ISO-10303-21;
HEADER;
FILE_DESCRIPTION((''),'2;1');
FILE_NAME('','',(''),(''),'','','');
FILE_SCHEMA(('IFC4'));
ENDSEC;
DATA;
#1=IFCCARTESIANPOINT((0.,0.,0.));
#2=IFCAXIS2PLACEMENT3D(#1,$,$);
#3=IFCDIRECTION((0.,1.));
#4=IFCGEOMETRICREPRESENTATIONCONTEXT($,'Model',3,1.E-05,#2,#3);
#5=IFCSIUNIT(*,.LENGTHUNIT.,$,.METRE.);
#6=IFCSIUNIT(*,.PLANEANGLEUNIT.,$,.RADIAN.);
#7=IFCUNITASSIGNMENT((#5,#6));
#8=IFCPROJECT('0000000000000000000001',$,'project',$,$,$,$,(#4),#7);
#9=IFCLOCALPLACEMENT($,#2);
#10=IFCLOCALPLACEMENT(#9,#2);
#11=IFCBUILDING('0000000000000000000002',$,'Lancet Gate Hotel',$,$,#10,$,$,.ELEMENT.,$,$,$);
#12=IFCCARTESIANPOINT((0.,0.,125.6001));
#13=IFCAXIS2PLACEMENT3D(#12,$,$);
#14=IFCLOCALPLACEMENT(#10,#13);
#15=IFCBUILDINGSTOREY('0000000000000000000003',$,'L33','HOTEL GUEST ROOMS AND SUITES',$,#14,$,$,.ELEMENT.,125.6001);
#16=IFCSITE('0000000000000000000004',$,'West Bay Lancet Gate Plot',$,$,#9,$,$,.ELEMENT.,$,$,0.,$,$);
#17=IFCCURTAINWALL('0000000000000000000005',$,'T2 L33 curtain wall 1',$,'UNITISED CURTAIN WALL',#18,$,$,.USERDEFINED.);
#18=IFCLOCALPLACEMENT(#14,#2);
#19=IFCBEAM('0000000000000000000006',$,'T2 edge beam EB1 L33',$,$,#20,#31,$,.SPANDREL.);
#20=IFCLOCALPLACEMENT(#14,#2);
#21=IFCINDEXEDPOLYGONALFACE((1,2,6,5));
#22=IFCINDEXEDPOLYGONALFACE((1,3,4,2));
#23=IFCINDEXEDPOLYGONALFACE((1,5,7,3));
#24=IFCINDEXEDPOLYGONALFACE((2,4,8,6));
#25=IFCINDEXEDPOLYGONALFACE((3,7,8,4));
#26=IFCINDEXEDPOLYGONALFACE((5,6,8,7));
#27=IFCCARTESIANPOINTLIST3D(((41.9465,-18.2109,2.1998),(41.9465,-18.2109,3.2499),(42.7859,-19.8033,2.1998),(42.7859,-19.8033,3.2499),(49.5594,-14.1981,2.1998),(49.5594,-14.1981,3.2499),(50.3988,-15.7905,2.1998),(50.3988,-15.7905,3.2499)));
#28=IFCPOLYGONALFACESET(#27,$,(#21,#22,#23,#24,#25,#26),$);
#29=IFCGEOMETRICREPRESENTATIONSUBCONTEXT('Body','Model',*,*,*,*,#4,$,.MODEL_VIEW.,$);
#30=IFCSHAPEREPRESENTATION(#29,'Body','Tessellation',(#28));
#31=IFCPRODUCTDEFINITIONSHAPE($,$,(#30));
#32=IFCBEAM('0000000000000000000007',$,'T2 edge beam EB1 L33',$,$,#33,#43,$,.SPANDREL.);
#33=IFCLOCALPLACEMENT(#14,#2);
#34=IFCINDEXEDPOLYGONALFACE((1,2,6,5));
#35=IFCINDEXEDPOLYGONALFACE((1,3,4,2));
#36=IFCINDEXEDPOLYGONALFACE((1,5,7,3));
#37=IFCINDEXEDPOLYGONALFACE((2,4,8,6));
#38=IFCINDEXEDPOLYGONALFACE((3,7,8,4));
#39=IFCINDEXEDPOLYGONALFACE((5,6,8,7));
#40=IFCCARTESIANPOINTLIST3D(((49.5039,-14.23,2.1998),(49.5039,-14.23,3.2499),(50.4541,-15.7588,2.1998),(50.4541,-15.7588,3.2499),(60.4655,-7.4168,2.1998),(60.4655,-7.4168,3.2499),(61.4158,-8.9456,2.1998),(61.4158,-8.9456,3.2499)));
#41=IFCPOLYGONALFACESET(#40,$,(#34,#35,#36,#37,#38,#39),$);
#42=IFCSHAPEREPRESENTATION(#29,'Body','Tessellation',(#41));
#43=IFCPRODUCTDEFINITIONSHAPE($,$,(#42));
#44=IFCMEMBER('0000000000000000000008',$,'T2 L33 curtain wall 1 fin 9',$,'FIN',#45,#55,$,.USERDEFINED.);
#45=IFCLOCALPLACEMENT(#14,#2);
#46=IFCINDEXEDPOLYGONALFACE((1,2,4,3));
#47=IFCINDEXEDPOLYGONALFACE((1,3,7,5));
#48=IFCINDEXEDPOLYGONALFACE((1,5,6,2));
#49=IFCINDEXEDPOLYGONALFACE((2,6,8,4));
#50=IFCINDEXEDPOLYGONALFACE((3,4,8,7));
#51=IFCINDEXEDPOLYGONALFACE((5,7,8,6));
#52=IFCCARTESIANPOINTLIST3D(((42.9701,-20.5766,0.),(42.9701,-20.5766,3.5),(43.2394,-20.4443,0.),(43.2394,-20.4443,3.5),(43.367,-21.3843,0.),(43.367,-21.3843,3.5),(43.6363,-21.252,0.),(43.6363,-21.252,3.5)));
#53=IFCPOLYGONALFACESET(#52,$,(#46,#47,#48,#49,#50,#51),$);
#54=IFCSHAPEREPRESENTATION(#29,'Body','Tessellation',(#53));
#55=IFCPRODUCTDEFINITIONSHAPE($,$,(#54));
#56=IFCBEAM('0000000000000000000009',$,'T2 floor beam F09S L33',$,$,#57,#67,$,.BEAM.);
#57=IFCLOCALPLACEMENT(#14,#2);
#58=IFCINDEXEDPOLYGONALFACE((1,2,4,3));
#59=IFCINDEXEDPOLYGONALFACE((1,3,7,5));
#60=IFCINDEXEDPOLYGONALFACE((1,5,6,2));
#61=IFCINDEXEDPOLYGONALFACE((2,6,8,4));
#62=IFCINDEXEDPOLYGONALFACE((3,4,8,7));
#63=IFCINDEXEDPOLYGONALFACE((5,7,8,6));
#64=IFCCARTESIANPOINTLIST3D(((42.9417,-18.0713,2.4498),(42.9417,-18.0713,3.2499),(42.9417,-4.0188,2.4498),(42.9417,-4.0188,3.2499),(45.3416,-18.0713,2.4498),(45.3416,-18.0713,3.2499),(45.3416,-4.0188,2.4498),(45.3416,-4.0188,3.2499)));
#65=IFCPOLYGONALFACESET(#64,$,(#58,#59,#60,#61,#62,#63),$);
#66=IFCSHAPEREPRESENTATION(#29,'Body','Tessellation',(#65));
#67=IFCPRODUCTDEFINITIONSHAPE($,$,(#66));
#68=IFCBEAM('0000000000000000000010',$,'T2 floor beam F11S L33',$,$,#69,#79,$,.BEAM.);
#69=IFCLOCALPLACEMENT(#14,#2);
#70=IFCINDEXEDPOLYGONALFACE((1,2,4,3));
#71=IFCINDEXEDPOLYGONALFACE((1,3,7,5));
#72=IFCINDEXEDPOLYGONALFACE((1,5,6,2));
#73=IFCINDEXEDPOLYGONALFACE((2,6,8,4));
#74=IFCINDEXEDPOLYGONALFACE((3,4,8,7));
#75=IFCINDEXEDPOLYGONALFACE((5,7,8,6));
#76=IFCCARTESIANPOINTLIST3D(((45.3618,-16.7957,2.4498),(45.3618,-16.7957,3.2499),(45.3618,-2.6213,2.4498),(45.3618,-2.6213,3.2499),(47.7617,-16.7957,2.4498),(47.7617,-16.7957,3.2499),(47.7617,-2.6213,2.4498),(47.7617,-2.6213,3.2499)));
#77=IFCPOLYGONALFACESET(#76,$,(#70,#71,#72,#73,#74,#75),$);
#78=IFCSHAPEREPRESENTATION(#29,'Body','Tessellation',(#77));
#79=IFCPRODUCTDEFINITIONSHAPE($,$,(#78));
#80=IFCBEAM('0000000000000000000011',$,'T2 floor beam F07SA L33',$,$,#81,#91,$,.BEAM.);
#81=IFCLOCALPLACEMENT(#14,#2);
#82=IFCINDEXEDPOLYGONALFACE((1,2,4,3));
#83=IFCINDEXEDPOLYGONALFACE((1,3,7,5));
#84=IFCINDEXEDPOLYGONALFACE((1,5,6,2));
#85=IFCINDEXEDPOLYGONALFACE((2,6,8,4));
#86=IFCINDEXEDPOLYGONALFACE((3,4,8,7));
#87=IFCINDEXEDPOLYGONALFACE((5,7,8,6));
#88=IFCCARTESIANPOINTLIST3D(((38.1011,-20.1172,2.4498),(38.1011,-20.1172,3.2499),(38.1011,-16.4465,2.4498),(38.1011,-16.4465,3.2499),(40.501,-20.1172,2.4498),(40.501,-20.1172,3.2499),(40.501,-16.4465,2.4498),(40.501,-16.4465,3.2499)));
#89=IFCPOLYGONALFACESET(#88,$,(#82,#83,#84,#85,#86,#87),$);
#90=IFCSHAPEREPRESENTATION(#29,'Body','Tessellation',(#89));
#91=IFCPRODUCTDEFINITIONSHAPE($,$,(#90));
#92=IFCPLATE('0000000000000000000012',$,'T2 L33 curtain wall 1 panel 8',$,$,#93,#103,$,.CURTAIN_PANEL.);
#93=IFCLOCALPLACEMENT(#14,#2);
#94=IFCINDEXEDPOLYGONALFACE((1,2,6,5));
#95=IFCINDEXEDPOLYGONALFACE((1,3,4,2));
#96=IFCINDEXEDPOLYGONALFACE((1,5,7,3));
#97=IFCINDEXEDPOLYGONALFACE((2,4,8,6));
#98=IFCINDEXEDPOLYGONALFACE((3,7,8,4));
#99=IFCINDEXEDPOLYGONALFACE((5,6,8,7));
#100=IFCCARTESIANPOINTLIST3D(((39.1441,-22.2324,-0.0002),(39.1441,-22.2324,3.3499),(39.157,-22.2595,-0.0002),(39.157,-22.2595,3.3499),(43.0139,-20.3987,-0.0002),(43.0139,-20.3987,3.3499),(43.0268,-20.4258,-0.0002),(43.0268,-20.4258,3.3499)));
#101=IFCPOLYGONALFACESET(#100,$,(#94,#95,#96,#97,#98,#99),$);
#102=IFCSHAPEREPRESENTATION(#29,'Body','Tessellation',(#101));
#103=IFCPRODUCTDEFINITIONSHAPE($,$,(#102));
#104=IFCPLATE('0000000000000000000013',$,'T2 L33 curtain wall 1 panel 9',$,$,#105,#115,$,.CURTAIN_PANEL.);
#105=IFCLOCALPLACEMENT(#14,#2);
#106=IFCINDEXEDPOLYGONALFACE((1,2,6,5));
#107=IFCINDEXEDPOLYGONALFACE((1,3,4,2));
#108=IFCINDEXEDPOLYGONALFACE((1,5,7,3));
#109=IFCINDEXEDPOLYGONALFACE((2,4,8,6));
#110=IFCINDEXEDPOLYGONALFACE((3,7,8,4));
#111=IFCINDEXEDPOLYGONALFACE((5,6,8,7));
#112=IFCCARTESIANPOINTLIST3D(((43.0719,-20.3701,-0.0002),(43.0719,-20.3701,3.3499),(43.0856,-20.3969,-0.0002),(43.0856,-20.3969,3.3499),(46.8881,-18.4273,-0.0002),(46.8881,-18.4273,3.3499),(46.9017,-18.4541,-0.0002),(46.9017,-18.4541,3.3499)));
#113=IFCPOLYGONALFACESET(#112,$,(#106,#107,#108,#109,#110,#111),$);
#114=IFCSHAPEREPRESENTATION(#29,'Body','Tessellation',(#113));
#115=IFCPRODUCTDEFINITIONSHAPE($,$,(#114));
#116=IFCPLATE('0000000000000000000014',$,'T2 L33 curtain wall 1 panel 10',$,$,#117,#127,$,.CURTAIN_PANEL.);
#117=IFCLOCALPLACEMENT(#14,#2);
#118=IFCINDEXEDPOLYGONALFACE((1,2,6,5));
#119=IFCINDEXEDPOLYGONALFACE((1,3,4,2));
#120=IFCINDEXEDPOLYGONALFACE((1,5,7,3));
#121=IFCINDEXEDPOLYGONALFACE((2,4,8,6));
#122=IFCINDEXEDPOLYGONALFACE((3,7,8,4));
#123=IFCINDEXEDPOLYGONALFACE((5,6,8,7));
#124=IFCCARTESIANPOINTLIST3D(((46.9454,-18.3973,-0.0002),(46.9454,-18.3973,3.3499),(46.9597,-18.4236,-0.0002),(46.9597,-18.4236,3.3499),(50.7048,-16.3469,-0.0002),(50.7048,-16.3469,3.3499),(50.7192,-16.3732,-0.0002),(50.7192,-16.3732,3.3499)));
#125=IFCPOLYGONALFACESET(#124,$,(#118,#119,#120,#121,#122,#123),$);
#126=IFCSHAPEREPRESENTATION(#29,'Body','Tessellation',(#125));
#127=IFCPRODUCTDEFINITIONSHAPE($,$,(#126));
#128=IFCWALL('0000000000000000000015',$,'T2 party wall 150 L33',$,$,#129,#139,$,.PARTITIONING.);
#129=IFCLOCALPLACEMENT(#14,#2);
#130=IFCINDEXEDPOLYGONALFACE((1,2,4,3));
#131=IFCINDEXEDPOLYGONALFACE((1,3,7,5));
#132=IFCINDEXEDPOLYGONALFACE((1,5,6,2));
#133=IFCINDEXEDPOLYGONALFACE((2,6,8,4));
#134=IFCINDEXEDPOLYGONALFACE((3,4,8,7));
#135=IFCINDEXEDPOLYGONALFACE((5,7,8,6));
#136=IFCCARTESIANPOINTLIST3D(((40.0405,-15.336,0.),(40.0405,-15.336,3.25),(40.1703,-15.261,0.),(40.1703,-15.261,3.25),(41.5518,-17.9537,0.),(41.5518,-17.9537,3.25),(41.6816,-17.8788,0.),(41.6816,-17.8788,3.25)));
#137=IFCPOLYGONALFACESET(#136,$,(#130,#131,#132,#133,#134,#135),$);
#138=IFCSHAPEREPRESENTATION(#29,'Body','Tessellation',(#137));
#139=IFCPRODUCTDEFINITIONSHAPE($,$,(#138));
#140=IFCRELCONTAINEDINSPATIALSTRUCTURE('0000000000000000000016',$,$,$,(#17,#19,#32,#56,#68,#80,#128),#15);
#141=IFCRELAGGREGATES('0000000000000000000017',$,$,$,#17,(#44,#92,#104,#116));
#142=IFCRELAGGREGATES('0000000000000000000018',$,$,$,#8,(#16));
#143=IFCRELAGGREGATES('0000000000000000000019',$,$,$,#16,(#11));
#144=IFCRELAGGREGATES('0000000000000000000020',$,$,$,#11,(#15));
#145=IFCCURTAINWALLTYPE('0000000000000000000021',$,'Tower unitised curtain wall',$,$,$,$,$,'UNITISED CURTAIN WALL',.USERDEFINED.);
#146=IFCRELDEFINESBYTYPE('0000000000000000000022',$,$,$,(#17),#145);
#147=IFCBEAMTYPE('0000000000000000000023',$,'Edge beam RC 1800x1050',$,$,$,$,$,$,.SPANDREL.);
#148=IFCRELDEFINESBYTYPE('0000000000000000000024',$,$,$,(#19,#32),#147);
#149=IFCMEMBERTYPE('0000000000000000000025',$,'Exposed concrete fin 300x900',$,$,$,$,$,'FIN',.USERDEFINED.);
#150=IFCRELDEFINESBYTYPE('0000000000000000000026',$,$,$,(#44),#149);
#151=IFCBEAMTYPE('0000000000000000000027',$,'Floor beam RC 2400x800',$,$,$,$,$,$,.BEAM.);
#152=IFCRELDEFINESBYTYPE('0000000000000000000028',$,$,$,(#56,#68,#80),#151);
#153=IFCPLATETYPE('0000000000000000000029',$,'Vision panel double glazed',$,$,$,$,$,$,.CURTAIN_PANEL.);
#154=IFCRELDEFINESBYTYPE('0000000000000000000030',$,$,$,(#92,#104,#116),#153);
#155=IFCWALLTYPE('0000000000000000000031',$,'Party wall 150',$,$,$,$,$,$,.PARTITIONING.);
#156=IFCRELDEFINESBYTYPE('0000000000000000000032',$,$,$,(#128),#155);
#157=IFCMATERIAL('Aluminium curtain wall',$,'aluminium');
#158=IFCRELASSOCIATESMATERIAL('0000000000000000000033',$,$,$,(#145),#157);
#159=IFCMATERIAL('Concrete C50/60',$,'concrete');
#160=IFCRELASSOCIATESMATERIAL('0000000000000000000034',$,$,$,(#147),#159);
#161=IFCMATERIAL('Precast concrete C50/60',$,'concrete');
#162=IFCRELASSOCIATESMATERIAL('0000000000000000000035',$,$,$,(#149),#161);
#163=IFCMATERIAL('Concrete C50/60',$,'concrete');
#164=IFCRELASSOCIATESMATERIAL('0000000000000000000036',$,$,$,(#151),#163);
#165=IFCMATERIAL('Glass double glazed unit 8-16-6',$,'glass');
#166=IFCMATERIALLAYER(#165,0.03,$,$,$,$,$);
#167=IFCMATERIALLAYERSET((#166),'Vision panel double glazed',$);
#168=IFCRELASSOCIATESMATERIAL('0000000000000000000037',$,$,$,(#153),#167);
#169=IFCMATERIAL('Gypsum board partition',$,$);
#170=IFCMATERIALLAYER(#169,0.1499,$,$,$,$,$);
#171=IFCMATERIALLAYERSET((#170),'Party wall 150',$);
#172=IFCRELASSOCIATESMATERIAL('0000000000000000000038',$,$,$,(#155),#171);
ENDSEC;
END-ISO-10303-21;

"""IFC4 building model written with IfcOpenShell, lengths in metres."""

from ifc_helpers import new_model, si_unit, direction, frame, frame_2d, origin, origin_2d, place, context, subcontext, project, spatial, rectangle, extrude, material, layer, layer_set, material_profile, profile_set, type_object, element, aggregate, save


model = new_model("IFC4")

# Units and contexts
model_context = context("Model", 3, precision=1e-05, world=origin(), true_north=direction((0.0, 1.0)))
body_context = subcontext(model_context, "Body", "Model", "MODEL_VIEW")
ifc_project = project(units=[si_unit("LENGTHUNIT", "METRE"), si_unit("PLANEANGLEUNIT", "RADIAN")], contexts=[model_context])

# Site, building, storey
site_placement = place(None, origin())
site = spatial("IfcSite", under=ifc_project, at=site_placement, Name="West Bay Lancet Gate Plot", CompositionType="ELEMENT", RefElevation=0.0)
building_placement = place(site_placement, origin())
building = spatial("IfcBuilding", under=site, at=building_placement, Name="Lancet Gate Hotel", CompositionType="ELEMENT")
storey_placement = place(building_placement, frame((0.0, 0.0, 125.6001)))
storey = spatial("IfcBuildingStorey", under=building, at=storey_placement, Name="L33", Description="HOTEL GUEST ROOMS AND SUITES", CompositionType="ELEMENT", Elevation=125.6001)

# Curtain wall
ifc_material_1 = material(Name="Aluminium curtain wall", Category="aluminium")
curtain_wall_type = type_object("IfcCurtainWallType", Name="Tower unitised curtain wall", ElementType="UNITISED CURTAIN WALL", PredefinedType="USERDEFINED", material=ifc_material_1)
curtain_wall_placement = place(storey_placement, origin())
curtain_wall = element("IfcCurtainWall", 1, at=curtain_wall_placement, inside=storey, type_object=curtain_wall_type, Name="T2 L33 curtain wall 1", ObjectType="UNITISED CURTAIN WALL", PredefinedType="USERDEFINED")

# Beams
ifc_material_2 = material(Name="Concrete C50/60", Category="concrete")
ifc_material_profile_1 = material_profile(ifc_material_2, rectangle(XDim=1.8, YDim=1.05, at=origin_2d()), Name="RC 1800x1050")
ifc_profile_set_1 = profile_set([ifc_material_profile_1], Name="Concrete C50/60")
beam_type_1 = type_object("IfcBeamType", Name="Edge beam RC 1800x1050", PredefinedType="SPANDREL", material=ifc_profile_set_1)
beam_1_placement = place(storey_placement, frame((42.3662, -19.0071, 2.7249), z_axis=(0.884633, 0.466289, 0.0), x_axis=(-0.466289, 0.884633, 0.0)))
element("IfcBeam", 2, at=beam_1_placement, inside=storey, type_object=beam_type_1, Name="T2 edge beam EB1 L33", PredefinedType="SPANDREL", context=body_context, shape_type="SweptSolid", body=[
    extrude(rectangle(XDim=1.8, YDim=1.05, at=origin_2d()), origin(), (0.0, 0.0, 1.0), 8.6057),
])
beam_2_placement = place(storey_placement, frame((49.979, -14.9944, 2.7249), z_axis=(0.849312, 0.527891, 0.0), x_axis=(-0.527891, 0.849312, 0.0)))
element("IfcBeam", 3, at=beam_2_placement, inside=storey, type_object=beam_type_1, Name="T2 edge beam EB1 L33", PredefinedType="SPANDREL", context=body_context, shape_type="SweptSolid", body=[
    extrude(rectangle(XDim=1.8, YDim=1.05, at=origin_2d()), origin(), (0.0, 0.0, 1.0), 12.9065),
])

# Member
ifc_material_3 = material(Name="Precast concrete C50/60", Category="concrete")
ifc_material_profile_2 = material_profile(ifc_material_3, rectangle(XDim=0.3, YDim=0.8999, at=origin_2d()), Name="FIN 300x900")
ifc_profile_set_2 = profile_set([ifc_material_profile_2], Name="Precast concrete C50/60")
member_type_1 = type_object("IfcMemberType", Name="Exposed concrete fin 300x900", ElementType="FIN", PredefinedType="USERDEFINED", material=ifc_profile_set_2)
member_1_placement = place(storey_placement, frame((43.3032, -20.9143, 0.0), z_axis=(0.0, 0.0, 1.0), x_axis=(0.897512, 0.44099, 0.0)))
member_1 = element("IfcMember", 4, at=member_1_placement, type_object=member_type_1, Name="T2 L33 curtain wall 1 fin 9", ObjectType="FIN", PredefinedType="USERDEFINED", context=body_context, shape_type="SweptSolid", body=[
    extrude(rectangle(XDim=0.3, YDim=0.8999, at=origin_2d()), origin(), (0.0, 0.0, 1.0), 3.5),
])

# Beams
ifc_material_4 = material(Name="Concrete C50/60", Category="concrete")
ifc_material_profile_3 = material_profile(ifc_material_4, rectangle(XDim=2.3999, YDim=0.8, at=origin_2d()), Name="RC 2400x800")
ifc_profile_set_3 = profile_set([ifc_material_profile_3], Name="Concrete C50/60")
beam_type_2 = type_object("IfcBeamType", Name="Floor beam RC 2400x800", PredefinedType="BEAM", material=ifc_profile_set_3)
beam_3_placement = place(storey_placement, frame((44.1416, -18.0713, 2.8499), z_axis=(0.0, 1.0, 0.0), x_axis=(-1.0, 0.0, 0.0)))
element("IfcBeam", 5, at=beam_3_placement, inside=storey, type_object=beam_type_2, Name="T2 floor beam F09S L33", PredefinedType="BEAM", context=body_context, shape_type="SweptSolid", body=[
    extrude(rectangle(XDim=2.3999, YDim=0.8, at=origin_2d()), origin(), (0.0, 0.0, 1.0), 14.0525),
])
beam_4_placement = place(storey_placement, frame((46.5618, -16.7957, 2.8499), z_axis=(0.0, 1.0, 0.0), x_axis=(-1.0, 0.0, 0.0)))
element("IfcBeam", 6, at=beam_4_placement, inside=storey, type_object=beam_type_2, Name="T2 floor beam F11S L33", PredefinedType="BEAM", context=body_context, shape_type="SweptSolid", body=[
    extrude(rectangle(XDim=2.3999, YDim=0.8, at=origin_2d()), origin(), (0.0, 0.0, 1.0), 14.1743),
])
beam_5_placement = place(storey_placement, frame((39.301, -20.1172, 2.8499), z_axis=(0.0, 1.0, 0.0), x_axis=(-1.0, 0.0, 0.0)))
element("IfcBeam", 7, at=beam_5_placement, inside=storey, type_object=beam_type_2, Name="T2 floor beam F07SA L33", PredefinedType="BEAM", context=body_context, shape_type="SweptSolid", body=[
    extrude(rectangle(XDim=2.3999, YDim=0.8, at=origin_2d()), origin(), (0.0, 0.0, 1.0), 3.6707),
])

# Plates
ifc_material_5 = material(Name="Glass double glazed unit 8-16-6", Category="glass")
ifc_layer_1 = layer(ifc_material_5, 0.03)
ifc_layer_set_1 = layer_set([ifc_layer_1], Name="Vision panel double glazed")
plate_type = type_object("IfcPlateType", Name="Vision panel double glazed", PredefinedType="CURTAIN_PANEL", material=ifc_layer_set_1)
plate_1_placement = place(storey_placement, frame((41.0854, -21.3291, -0.0002), z_axis=(0.0, 0.0, 1.0), x_axis=(0.903683, 0.428201, 0.0)))
plate_1 = element("IfcPlate", 8, at=plate_1_placement, type_object=plate_type, Name="T2 L33 curtain wall 1 panel 8", PredefinedType="CURTAIN_PANEL", context=body_context, shape_type="SweptSolid", body=[
    extrude(rectangle(XDim=4.2822, YDim=0.03, at=origin_2d()), origin(), (0.0, 0.0, 1.0), 3.3501),
])
plate_2_placement = place(storey_placement, frame((44.9868, -19.4121, -0.0002), z_axis=(0.0, 0.0, 1.0), x_axis=(0.891159, 0.45369, 0.0)))
plate_2 = element("IfcPlate", 9, at=plate_2_placement, type_object=plate_type, Name="T2 L33 curtain wall 1 panel 9", PredefinedType="CURTAIN_PANEL", context=body_context, shape_type="SweptSolid", body=[
    extrude(rectangle(XDim=4.2822, YDim=0.03, at=origin_2d()), origin(), (0.0, 0.0, 1.0), 3.3501),
])
plate_3_placement = place(storey_placement, frame((48.8323, -17.3853, -0.0002), z_axis=(0.0, 0.0, 1.0), x_axis=(0.877916, 0.478814, 0.0)))
plate_3 = element("IfcPlate", 10, at=plate_3_placement, type_object=plate_type, Name="T2 L33 curtain wall 1 panel 10", PredefinedType="CURTAIN_PANEL", context=body_context, shape_type="SweptSolid", body=[
    extrude(rectangle(XDim=4.2822, YDim=0.03, at=origin_2d()), origin(), (0.0, 0.0, 1.0), 3.3501),
])
aggregate(curtain_wall, [member_1, plate_1, plate_2, plate_3])

# Wall
ifc_material_6 = material(Name="Gypsum board partition")
ifc_layer_2 = layer(ifc_material_6, 0.1499)
ifc_layer_set_2 = layer_set([ifc_layer_2], Name="Party wall 150")
wall_type = type_object("IfcWallType", Name="Party wall 150", PredefinedType="PARTITIONING", material=ifc_layer_set_2)
wall_placement = place(storey_placement, frame((40.1055, -15.2986, 0.0), z_axis=(0.0, 0.0, 1.0), x_axis=(0.499979, -0.866038, 0.0)))
element("IfcWall", 11, at=wall_placement, inside=storey, type_object=wall_type, Name="T2 party wall 150 L33", PredefinedType="PARTITIONING", context=body_context, shape_type="SweptSolid", body=[
    extrude(rectangle(XDim=3.0227, YDim=0.1499, at=frame_2d((1.5112, 0.0))), origin(), (0.0, 0.0, 1.0), 3.25),
])

save(model, "model.ifc")
